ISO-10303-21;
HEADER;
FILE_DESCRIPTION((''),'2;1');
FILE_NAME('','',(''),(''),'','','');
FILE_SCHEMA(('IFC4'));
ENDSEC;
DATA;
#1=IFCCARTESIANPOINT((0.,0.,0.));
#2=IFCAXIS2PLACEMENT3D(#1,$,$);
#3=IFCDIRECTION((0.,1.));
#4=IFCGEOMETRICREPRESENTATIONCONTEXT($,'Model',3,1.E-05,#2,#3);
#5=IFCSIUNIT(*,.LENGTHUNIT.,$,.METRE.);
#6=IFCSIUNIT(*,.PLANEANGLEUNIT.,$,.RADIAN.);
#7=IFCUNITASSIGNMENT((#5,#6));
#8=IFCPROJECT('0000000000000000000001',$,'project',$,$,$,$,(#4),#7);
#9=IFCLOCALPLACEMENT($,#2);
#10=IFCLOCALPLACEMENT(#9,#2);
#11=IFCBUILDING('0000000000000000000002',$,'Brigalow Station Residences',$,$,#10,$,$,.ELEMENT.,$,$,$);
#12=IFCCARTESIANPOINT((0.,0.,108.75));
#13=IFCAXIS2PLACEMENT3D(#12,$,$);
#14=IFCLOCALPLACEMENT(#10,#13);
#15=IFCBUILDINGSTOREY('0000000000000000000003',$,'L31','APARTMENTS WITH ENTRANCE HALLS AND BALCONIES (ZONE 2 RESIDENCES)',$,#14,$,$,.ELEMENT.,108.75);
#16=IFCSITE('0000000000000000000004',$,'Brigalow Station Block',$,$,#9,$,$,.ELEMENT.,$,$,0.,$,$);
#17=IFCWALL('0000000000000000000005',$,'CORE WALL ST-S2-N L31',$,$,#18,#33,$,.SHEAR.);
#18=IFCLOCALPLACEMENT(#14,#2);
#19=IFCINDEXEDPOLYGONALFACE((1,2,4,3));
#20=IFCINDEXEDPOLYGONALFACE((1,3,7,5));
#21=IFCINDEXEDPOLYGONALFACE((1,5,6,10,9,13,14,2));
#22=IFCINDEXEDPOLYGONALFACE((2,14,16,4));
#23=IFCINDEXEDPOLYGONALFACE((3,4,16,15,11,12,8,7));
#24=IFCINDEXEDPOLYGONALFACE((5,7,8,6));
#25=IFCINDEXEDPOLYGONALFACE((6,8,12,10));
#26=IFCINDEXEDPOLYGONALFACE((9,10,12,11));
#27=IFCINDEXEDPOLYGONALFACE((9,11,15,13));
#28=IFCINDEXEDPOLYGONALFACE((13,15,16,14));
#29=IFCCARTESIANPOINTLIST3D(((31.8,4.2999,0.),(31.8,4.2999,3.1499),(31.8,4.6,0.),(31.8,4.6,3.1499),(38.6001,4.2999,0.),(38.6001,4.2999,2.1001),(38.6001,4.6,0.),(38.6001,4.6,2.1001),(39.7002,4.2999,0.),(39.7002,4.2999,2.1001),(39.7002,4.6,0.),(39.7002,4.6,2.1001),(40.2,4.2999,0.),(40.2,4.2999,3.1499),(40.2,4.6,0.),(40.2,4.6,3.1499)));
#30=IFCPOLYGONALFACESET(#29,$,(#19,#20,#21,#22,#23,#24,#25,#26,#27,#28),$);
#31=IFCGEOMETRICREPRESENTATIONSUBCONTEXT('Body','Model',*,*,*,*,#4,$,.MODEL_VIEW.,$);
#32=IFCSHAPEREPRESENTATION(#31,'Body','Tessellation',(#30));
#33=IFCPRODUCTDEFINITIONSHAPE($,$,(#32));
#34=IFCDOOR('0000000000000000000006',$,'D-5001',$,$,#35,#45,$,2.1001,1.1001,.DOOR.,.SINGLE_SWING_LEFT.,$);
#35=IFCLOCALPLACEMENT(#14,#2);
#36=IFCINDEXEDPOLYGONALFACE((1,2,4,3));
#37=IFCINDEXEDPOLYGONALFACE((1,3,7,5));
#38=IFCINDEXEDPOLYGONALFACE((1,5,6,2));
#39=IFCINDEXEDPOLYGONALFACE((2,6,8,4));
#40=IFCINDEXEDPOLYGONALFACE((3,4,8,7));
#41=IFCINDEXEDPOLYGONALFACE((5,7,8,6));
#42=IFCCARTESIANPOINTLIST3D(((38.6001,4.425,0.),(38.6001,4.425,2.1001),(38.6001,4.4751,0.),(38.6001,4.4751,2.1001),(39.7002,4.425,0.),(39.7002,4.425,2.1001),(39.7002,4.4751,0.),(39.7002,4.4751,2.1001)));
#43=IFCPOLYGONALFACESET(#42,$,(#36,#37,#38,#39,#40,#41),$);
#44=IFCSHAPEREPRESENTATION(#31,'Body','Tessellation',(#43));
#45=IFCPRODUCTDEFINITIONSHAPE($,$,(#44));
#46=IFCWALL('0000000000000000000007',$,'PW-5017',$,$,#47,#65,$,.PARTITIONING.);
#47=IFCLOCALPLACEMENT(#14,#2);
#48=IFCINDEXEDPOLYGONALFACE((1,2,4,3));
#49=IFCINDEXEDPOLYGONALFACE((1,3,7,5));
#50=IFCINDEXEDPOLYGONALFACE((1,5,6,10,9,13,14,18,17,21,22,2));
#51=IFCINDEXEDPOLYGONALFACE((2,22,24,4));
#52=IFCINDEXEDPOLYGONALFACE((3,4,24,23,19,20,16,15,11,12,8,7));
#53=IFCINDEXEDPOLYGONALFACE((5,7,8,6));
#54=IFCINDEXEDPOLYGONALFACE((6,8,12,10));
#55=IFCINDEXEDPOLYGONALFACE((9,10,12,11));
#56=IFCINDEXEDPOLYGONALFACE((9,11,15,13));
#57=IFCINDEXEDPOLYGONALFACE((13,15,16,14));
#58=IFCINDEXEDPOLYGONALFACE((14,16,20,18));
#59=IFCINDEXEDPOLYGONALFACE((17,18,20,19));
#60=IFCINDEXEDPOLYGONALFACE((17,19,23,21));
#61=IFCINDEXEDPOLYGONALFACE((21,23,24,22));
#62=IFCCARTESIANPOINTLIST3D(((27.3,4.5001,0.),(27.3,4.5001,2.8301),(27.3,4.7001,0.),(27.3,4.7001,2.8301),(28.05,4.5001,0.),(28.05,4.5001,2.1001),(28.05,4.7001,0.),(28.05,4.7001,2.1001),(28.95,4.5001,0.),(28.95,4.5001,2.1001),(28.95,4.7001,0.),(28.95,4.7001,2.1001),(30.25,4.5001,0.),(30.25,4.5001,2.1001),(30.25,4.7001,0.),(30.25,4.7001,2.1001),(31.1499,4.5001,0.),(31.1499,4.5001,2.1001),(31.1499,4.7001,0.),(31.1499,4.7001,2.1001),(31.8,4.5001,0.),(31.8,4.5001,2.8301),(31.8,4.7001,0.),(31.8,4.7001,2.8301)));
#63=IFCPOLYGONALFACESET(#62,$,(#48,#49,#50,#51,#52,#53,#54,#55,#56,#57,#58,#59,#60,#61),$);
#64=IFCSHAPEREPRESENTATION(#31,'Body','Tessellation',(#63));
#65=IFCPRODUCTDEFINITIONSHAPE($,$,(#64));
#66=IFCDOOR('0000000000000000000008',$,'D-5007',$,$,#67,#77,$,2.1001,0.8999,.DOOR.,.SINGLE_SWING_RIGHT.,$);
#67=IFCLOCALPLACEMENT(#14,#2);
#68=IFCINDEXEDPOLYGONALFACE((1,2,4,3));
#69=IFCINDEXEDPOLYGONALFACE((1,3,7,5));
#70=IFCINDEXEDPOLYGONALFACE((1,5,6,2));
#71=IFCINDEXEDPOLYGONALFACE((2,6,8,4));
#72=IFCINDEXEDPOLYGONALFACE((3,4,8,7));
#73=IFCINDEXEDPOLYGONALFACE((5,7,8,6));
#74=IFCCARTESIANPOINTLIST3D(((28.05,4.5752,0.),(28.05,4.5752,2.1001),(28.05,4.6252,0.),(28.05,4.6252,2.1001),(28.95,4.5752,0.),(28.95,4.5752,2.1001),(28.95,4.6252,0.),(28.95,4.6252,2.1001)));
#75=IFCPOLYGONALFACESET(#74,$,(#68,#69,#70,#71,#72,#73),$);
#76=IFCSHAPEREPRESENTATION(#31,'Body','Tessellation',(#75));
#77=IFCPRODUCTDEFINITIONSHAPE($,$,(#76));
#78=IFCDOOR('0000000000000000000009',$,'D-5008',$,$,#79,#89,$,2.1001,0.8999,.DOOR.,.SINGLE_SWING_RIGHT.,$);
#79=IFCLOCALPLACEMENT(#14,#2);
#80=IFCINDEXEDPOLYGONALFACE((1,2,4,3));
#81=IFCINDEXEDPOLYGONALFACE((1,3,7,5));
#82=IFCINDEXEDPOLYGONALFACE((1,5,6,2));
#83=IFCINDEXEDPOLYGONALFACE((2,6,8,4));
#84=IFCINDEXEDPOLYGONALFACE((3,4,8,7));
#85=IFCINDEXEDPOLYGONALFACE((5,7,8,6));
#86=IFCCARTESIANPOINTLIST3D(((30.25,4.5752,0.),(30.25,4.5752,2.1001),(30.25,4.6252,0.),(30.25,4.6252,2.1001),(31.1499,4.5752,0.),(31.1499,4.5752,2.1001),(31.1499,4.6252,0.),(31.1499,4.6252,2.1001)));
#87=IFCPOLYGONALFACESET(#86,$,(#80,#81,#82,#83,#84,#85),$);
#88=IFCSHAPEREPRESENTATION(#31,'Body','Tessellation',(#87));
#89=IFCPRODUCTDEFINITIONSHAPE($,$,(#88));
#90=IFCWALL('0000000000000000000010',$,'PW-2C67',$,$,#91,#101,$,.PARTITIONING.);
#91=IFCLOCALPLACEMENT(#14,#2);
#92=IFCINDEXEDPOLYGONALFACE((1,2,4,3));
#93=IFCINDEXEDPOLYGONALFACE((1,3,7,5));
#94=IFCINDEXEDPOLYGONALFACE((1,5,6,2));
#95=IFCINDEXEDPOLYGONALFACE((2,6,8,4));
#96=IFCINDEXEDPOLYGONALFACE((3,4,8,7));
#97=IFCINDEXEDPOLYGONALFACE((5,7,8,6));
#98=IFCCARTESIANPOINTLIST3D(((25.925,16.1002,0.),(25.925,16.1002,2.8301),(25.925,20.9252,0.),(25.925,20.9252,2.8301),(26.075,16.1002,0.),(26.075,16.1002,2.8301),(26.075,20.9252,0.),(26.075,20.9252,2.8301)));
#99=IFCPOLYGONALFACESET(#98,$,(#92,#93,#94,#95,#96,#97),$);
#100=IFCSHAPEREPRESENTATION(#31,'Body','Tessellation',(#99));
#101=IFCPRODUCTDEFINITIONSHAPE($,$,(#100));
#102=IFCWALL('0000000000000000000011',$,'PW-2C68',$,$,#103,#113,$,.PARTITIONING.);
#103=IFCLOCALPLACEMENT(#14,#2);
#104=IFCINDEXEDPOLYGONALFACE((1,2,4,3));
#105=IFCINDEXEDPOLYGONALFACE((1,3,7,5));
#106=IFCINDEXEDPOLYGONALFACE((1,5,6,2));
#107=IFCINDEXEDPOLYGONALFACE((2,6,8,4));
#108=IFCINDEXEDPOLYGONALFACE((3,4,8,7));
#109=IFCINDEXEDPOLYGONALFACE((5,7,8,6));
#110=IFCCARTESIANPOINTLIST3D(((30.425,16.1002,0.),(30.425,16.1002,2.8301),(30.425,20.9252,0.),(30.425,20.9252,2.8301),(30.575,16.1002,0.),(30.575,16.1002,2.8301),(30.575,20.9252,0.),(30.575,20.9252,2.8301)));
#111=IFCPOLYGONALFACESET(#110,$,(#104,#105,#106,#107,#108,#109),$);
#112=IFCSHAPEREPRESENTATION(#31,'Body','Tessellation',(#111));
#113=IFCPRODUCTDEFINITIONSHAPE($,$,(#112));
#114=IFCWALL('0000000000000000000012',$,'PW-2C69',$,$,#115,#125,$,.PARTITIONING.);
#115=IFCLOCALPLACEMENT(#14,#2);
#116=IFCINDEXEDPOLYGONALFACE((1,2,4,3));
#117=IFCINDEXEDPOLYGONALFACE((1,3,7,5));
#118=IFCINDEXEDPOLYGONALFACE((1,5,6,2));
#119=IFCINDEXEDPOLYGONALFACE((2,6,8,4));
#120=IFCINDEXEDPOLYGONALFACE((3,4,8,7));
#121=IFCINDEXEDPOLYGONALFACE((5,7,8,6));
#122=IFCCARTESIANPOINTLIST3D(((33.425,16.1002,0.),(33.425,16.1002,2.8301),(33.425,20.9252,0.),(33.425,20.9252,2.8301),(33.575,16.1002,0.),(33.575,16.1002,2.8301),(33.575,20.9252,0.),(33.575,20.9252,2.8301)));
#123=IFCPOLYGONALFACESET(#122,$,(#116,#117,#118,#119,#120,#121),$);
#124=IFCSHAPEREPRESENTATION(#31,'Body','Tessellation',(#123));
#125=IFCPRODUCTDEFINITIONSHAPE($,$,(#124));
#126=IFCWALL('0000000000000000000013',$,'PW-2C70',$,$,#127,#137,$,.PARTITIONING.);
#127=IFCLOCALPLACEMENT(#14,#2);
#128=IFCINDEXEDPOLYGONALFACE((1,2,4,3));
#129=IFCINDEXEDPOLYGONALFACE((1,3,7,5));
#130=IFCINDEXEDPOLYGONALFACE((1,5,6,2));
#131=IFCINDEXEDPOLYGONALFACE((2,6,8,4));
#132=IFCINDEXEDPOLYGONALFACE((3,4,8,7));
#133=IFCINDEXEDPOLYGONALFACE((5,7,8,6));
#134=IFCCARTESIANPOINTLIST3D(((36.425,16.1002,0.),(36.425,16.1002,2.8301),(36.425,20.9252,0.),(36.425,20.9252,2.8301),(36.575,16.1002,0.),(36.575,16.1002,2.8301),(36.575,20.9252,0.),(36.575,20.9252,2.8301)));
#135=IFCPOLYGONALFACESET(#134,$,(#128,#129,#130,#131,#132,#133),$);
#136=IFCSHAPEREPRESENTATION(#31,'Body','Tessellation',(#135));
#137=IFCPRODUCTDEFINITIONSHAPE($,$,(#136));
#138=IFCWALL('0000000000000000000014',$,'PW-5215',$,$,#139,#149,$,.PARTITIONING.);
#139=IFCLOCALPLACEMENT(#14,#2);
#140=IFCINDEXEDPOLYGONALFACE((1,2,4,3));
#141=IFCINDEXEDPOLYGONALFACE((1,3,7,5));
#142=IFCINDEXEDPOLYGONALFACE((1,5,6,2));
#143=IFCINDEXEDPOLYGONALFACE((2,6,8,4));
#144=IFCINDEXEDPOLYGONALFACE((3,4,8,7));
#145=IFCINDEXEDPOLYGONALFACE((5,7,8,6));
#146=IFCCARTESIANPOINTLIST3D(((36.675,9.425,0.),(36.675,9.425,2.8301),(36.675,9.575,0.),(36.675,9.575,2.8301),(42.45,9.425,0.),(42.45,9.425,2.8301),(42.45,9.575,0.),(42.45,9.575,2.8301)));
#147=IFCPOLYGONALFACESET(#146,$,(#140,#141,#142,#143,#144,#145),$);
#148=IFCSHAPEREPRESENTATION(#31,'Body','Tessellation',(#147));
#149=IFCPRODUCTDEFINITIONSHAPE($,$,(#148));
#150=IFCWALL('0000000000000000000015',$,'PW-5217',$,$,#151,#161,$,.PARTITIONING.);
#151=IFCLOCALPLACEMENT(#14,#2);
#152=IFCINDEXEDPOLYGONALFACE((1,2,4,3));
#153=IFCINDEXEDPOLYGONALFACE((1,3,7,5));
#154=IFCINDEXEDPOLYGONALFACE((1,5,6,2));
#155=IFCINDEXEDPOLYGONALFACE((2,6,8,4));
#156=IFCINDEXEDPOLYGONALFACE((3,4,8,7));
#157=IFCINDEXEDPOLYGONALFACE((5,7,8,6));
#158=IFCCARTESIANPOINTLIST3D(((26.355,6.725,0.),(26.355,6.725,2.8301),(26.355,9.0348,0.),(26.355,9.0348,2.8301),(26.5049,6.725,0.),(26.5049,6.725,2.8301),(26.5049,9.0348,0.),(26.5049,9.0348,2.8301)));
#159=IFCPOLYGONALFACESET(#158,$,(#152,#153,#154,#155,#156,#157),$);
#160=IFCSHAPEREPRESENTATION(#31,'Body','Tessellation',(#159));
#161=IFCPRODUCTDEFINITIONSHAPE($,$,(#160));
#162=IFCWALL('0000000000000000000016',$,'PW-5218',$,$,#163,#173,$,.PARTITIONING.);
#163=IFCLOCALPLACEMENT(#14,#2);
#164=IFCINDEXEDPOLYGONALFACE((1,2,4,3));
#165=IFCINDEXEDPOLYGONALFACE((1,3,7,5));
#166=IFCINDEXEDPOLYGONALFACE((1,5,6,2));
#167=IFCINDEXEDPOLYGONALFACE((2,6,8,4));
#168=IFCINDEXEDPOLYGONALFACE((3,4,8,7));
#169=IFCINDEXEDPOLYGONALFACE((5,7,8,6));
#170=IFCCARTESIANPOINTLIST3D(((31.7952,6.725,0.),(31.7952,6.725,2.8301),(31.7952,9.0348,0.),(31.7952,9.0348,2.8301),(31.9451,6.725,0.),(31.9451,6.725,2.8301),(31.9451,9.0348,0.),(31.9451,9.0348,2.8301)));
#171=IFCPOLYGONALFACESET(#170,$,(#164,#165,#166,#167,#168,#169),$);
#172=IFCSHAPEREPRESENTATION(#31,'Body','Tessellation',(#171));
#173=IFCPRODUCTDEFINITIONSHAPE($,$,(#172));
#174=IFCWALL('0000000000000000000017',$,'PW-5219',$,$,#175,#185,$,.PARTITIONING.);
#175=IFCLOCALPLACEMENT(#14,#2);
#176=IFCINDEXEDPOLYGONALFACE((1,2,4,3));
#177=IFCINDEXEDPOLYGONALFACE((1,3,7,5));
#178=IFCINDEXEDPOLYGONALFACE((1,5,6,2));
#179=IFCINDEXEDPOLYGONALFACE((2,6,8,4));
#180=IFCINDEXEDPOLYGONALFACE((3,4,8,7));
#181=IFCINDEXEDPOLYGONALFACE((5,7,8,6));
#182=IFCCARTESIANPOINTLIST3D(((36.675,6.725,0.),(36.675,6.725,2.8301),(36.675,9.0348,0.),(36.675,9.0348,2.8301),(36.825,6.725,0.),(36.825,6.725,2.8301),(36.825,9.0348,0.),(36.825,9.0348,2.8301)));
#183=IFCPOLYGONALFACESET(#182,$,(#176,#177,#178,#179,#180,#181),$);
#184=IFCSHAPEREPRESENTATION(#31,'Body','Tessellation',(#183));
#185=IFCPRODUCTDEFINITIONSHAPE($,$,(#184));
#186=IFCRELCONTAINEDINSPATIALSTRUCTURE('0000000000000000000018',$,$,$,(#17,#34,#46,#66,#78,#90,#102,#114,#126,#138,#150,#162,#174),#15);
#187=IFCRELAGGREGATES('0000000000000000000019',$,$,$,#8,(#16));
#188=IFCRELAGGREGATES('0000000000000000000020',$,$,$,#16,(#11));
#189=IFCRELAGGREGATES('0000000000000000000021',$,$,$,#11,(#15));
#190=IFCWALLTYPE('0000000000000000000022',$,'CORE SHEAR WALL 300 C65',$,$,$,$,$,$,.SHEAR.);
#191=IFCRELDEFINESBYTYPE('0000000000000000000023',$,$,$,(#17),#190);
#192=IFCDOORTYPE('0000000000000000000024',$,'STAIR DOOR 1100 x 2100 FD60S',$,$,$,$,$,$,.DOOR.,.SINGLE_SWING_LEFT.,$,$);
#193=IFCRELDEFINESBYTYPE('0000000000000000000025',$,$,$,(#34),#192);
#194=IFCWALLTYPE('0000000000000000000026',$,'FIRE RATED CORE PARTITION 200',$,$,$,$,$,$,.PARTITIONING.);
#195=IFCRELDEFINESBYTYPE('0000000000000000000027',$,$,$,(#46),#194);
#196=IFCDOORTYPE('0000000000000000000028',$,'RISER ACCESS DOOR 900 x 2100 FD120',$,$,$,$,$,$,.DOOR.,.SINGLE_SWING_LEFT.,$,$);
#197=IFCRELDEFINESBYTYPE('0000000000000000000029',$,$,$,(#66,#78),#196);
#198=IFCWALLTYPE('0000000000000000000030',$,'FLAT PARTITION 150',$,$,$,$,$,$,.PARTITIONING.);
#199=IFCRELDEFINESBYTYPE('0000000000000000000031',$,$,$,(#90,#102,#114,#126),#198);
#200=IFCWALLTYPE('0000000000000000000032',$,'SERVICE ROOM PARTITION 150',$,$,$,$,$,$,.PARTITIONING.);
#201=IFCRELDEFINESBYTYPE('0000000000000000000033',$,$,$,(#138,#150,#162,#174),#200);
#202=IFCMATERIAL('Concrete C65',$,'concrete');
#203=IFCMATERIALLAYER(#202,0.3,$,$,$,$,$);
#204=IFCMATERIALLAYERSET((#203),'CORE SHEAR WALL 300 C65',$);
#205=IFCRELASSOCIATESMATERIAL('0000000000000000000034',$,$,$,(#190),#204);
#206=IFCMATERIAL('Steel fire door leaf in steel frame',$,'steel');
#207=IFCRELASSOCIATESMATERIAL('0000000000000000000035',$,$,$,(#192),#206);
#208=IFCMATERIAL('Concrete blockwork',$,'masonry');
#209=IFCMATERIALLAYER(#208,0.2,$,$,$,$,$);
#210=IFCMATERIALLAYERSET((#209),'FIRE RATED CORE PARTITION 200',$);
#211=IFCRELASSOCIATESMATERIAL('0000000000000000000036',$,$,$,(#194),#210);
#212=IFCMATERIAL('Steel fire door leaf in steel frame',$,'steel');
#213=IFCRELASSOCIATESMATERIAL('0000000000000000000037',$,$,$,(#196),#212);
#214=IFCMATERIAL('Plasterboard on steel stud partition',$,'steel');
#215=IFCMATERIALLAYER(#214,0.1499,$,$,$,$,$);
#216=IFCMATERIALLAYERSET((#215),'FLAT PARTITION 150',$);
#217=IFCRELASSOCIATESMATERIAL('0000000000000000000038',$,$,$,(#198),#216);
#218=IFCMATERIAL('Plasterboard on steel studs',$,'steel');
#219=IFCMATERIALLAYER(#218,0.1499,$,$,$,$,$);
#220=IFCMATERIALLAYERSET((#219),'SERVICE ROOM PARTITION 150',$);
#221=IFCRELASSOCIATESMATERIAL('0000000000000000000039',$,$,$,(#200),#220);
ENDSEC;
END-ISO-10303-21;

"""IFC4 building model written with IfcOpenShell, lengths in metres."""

from ifc_helpers import new_model, si_unit, direction, frame, frame_2d, origin, place, context, subcontext, project, spatial, rectangle, extrude, material, layer, layer_set, type_object, element, fill, save


model = new_model("IFC4")

# Units and contexts
model_context = context("Model", 3, precision=1e-05, world=origin(), true_north=direction((0.0, 1.0)))
body_context = subcontext(model_context, "Body", "Model", "MODEL_VIEW")
ifc_project = project(units=[si_unit("LENGTHUNIT", "METRE"), si_unit("PLANEANGLEUNIT", "RADIAN")], contexts=[model_context])

# Site, building, storey
site_placement = place(None, origin())
site = spatial("IfcSite", under=ifc_project, at=site_placement, Name="Brigalow Station Block", CompositionType="ELEMENT", RefElevation=0.0)
building_placement = place(site_placement, origin())
building = spatial("IfcBuilding", under=site, at=building_placement, Name="Brigalow Station Residences", CompositionType="ELEMENT")
storey_placement = place(building_placement, frame((0.0, 0.0, 108.75)))
storey = spatial("IfcBuildingStorey", under=building, at=storey_placement, Name="L31", Description="APARTMENTS WITH ENTRANCE HALLS AND BALCONIES (ZONE 2 RESIDENCES)", CompositionType="ELEMENT", Elevation=108.75)

# Wall, opening, door
ifc_material_1 = material(Name="Concrete C65", Category="concrete")
ifc_layer_1 = layer(ifc_material_1, 0.3)
ifc_layer_set_1 = layer_set([ifc_layer_1], Name="CORE SHEAR WALL 300 C65")
wall_type_1 = type_object("IfcWallType", Name="CORE SHEAR WALL 300 C65", PredefinedType="SHEAR", material=ifc_layer_set_1)
wall_1_placement = place(storey_placement, frame((31.8, 4.45, 0.0), z_axis=(0.0, 0.0, 1.0), x_axis=(1.0, 0.0, 0.0)))
wall_1 = element("IfcWall", 1, at=wall_1_placement, inside=storey, type_object=wall_type_1, Name="CORE WALL ST-S2-N L31", PredefinedType="SHEAR", context=body_context, shape_type="SweptSolid", body=[
    extrude(rectangle(XDim=8.3999, YDim=0.3, at=frame_2d((4.2, 0.0))), origin(), (0.0, 0.0, 1.0), 3.1499),
])
opening_1_placement = place(wall_1_placement, frame((6.8, 0.0, 0.0)))
opening_1 = element("IfcOpeningElement", 2, at=opening_1_placement, cuts=wall_1, PredefinedType="OPENING", context=body_context, shape_type="SweptSolid", body=[
    extrude(rectangle(XDim=1.1001, YDim=2.1001, at=frame_2d((0.55, 1.05))), frame((0.0, 0.1602, 0.0), z_axis=(0.0, -1.0, 0.0), x_axis=(1.0, 0.0, 0.0)), (0.0, 0.0, 1.0), 0.3201),
])
ifc_material_2 = material(Name="Steel fire door leaf in steel frame", Category="steel")
door_type_1 = type_object("IfcDoorType", Name="STAIR DOOR 1100 x 2100 FD60S", OperationType="SINGLE_SWING_LEFT", PredefinedType="DOOR", material=ifc_material_2)
door_1_placement = place(opening_1_placement, frame((1.1001, 0.0, 0.0), z_axis=(0.0, 0.0, 1.0), x_axis=(-1.0, 0.0, 0.0)))
door_1 = element("IfcDoor", 3, at=door_1_placement, inside=storey, type_object=door_type_1, Name="D-5001", OperationType="SINGLE_SWING_LEFT", OverallHeight=2.1001, OverallWidth=1.1001, PredefinedType="DOOR", context=body_context, shape_type="SweptSolid", body=[
    extrude(rectangle(XDim=1.1001, YDim=2.1001, at=frame_2d((0.55, 1.05))), frame((0.0, 0.0249, 0.0), z_axis=(0.0, -1.0, 0.0), x_axis=(1.0, 0.0, 0.0)), (0.0, 0.0, 1.0), 0.05),
])
fill(opening_1, door_1)

# Wall, openings, doors
ifc_material_3 = material(Name="Concrete blockwork", Category="masonry")
ifc_layer_2 = layer(ifc_material_3, 0.2)
ifc_layer_set_2 = layer_set([ifc_layer_2], Name="FIRE RATED CORE PARTITION 200")
wall_type_2 = type_object("IfcWallType", Name="FIRE RATED CORE PARTITION 200", PredefinedType="PARTITIONING", material=ifc_layer_set_2)
wall_2_placement = place(storey_placement, frame((27.3, 4.6001, 0.0), z_axis=(0.0, 0.0, 1.0), x_axis=(1.0, 0.0, 0.0)))
wall_2 = element("IfcWall", 4, at=wall_2_placement, inside=storey, type_object=wall_type_2, Name="PW-5017", PredefinedType="PARTITIONING", context=body_context, shape_type="SweptSolid", body=[
    extrude(rectangle(XDim=4.5, YDim=0.2, at=frame_2d((2.25, 0.0))), origin(), (0.0, 0.0, 1.0), 2.8301),
])
opening_2_placement = place(wall_2_placement, frame((0.75, 0.0, 0.0)))
opening_2 = element("IfcOpeningElement", 5, at=opening_2_placement, cuts=wall_2, PredefinedType="OPENING", context=body_context, shape_type="SweptSolid", body=[
    extrude(rectangle(XDim=0.8999, YDim=2.1001, at=frame_2d((0.45, 1.05))), frame((0.0, 0.1099, 0.0), z_axis=(0.0, -1.0, 0.0), x_axis=(1.0, 0.0, 0.0)), (0.0, 0.0, 1.0), 0.22),
])
opening_3_placement = place(wall_2_placement, frame((2.95, 0.0, 0.0)))
opening_3 = element("IfcOpeningElement", 6, at=opening_3_placement, cuts=wall_2, PredefinedType="OPENING", context=body_context, shape_type="SweptSolid", body=[
    extrude(rectangle(XDim=0.8999, YDim=2.1001, at=frame_2d((0.45, 1.05))), frame((0.0, 0.1099, 0.0), z_axis=(0.0, -1.0, 0.0), x_axis=(1.0, 0.0, 0.0)), (0.0, 0.0, 1.0), 0.22),
])
ifc_material_4 = material(Name="Steel fire door leaf in steel frame", Category="steel")
door_type_2 = type_object("IfcDoorType", Name="RISER ACCESS DOOR 900 x 2100 FD120", OperationType="SINGLE_SWING_LEFT", PredefinedType="DOOR", material=ifc_material_4)
door_2_placement = place(opening_2_placement, frame((0.8999, 0.0, 0.0), z_axis=(0.0, 0.0, 1.0), x_axis=(-1.0, 0.0, 0.0)))
door_2 = element("IfcDoor", 7, at=door_2_placement, inside=storey, type_object=door_type_2, Name="D-5007", OperationType="SINGLE_SWING_RIGHT", OverallHeight=2.1001, OverallWidth=0.8999, PredefinedType="DOOR", context=body_context, shape_type="SweptSolid", body=[
    extrude(rectangle(XDim=0.8999, YDim=2.1001, at=frame_2d((0.45, 1.05))), frame((0.0, 0.0249, 0.0), z_axis=(0.0, -1.0, 0.0), x_axis=(1.0, 0.0, 0.0)), (0.0, 0.0, 1.0), 0.05),
])
fill(opening_2, door_2)
door_3_placement = place(opening_3_placement, frame((0.8999, 0.0, 0.0), z_axis=(0.0, 0.0, 1.0), x_axis=(-1.0, 0.0, 0.0)))
door_3 = element("IfcDoor", 8, at=door_3_placement, inside=storey, type_object=door_type_2, Name="D-5008", OperationType="SINGLE_SWING_RIGHT", OverallHeight=2.1001, OverallWidth=0.8999, PredefinedType="DOOR", context=body_context, shape_type="SweptSolid", body=[
    extrude(rectangle(XDim=0.8999, YDim=2.1001, at=frame_2d((0.45, 1.05))), frame((0.0, 0.0249, 0.0), z_axis=(0.0, -1.0, 0.0), x_axis=(1.0, 0.0, 0.0)), (0.0, 0.0, 1.0), 0.05),
])
fill(opening_3, door_3)

# Walls
ifc_material_5 = material(Name="Plasterboard on steel stud partition", Category="steel")
ifc_layer_3 = layer(ifc_material_5, 0.1499)
ifc_layer_set_3 = layer_set([ifc_layer_3], Name="FLAT PARTITION 150")
wall_type_3 = type_object("IfcWallType", Name="FLAT PARTITION 150", PredefinedType="PARTITIONING", material=ifc_layer_set_3)
for number, where, z_axis, x_axis, name in (
    (9, (26.0, 16.1001, 0.0), (0.0, 0.0, 1.0), (0.0, 1.0, 0.0), "PW-2C67"),
    (10, (30.5, 16.1001, 0.0), (0.0, 0.0, 1.0), (0.0, 1.0, 0.0), "PW-2C68"),
    (11, (33.5, 16.1001, 0.0), (0.0, 0.0, 1.0), (0.0, 1.0, 0.0), "PW-2C69"),
    (12, (36.5, 16.1001, 0.0), (0.0, 0.0, 1.0), (0.0, 1.0, 0.0), "PW-2C70"),
):
    element("IfcWall", number, at=place(storey_placement, frame(where, z_axis=z_axis, x_axis=x_axis)), inside=storey, type_object=wall_type_3, Name=name, PredefinedType="PARTITIONING", context=body_context, shape_type="SweptSolid", body=[
        extrude(rectangle(XDim=4.825, YDim=0.1499, at=frame_2d((2.4126, 0.0))), origin(), (0.0, 0.0, 1.0), 2.8301),
    ])
ifc_material_6 = material(Name="Plasterboard on steel studs", Category="steel")
ifc_layer_4 = layer(ifc_material_6, 0.1499)
ifc_layer_set_4 = layer_set([ifc_layer_4], Name="SERVICE ROOM PARTITION 150")
wall_type_4 = type_object("IfcWallType", Name="SERVICE ROOM PARTITION 150", PredefinedType="PARTITIONING", material=ifc_layer_set_4)
wall_3_placement = place(storey_placement, frame((36.675, 9.5, 0.0), z_axis=(0.0, 0.0, 1.0), x_axis=(1.0, 0.0, 0.0)))
element("IfcWall", 13, at=wall_3_placement, inside=storey, type_object=wall_type_4, Name="PW-5215", PredefinedType="PARTITIONING", context=body_context, shape_type="SweptSolid", body=[
    extrude(rectangle(XDim=5.7749, YDim=0.1499, at=frame_2d((2.8875, 0.0))), origin(), (0.0, 0.0, 1.0), 2.8301),
])
for number, where, z_axis, x_axis, name in (
    (14, (26.4299, 6.7251, 0.0), (0.0, 0.0, 1.0), (0.0, 1.0, 0.0), "PW-5217"),
    (15, (31.8701, 6.7251, 0.0), (0.0, 0.0, 1.0), (0.0, 1.0, 0.0), "PW-5218"),
    (16, (36.75, 6.7251, 0.0), (0.0, 0.0, 1.0), (0.0, 1.0, 0.0), "PW-5219"),
):
    element("IfcWall", number, at=place(storey_placement, frame(where, z_axis=z_axis, x_axis=x_axis)), inside=storey, type_object=wall_type_4, Name=name, PredefinedType="PARTITIONING", context=body_context, shape_type="SweptSolid", body=[
        extrude(rectangle(XDim=2.3098, YDim=0.1499, at=frame_2d((1.1548, 0.0))), origin(), (0.0, 0.0, 1.0), 2.8301),
    ])

save(model, "model.ifc")
